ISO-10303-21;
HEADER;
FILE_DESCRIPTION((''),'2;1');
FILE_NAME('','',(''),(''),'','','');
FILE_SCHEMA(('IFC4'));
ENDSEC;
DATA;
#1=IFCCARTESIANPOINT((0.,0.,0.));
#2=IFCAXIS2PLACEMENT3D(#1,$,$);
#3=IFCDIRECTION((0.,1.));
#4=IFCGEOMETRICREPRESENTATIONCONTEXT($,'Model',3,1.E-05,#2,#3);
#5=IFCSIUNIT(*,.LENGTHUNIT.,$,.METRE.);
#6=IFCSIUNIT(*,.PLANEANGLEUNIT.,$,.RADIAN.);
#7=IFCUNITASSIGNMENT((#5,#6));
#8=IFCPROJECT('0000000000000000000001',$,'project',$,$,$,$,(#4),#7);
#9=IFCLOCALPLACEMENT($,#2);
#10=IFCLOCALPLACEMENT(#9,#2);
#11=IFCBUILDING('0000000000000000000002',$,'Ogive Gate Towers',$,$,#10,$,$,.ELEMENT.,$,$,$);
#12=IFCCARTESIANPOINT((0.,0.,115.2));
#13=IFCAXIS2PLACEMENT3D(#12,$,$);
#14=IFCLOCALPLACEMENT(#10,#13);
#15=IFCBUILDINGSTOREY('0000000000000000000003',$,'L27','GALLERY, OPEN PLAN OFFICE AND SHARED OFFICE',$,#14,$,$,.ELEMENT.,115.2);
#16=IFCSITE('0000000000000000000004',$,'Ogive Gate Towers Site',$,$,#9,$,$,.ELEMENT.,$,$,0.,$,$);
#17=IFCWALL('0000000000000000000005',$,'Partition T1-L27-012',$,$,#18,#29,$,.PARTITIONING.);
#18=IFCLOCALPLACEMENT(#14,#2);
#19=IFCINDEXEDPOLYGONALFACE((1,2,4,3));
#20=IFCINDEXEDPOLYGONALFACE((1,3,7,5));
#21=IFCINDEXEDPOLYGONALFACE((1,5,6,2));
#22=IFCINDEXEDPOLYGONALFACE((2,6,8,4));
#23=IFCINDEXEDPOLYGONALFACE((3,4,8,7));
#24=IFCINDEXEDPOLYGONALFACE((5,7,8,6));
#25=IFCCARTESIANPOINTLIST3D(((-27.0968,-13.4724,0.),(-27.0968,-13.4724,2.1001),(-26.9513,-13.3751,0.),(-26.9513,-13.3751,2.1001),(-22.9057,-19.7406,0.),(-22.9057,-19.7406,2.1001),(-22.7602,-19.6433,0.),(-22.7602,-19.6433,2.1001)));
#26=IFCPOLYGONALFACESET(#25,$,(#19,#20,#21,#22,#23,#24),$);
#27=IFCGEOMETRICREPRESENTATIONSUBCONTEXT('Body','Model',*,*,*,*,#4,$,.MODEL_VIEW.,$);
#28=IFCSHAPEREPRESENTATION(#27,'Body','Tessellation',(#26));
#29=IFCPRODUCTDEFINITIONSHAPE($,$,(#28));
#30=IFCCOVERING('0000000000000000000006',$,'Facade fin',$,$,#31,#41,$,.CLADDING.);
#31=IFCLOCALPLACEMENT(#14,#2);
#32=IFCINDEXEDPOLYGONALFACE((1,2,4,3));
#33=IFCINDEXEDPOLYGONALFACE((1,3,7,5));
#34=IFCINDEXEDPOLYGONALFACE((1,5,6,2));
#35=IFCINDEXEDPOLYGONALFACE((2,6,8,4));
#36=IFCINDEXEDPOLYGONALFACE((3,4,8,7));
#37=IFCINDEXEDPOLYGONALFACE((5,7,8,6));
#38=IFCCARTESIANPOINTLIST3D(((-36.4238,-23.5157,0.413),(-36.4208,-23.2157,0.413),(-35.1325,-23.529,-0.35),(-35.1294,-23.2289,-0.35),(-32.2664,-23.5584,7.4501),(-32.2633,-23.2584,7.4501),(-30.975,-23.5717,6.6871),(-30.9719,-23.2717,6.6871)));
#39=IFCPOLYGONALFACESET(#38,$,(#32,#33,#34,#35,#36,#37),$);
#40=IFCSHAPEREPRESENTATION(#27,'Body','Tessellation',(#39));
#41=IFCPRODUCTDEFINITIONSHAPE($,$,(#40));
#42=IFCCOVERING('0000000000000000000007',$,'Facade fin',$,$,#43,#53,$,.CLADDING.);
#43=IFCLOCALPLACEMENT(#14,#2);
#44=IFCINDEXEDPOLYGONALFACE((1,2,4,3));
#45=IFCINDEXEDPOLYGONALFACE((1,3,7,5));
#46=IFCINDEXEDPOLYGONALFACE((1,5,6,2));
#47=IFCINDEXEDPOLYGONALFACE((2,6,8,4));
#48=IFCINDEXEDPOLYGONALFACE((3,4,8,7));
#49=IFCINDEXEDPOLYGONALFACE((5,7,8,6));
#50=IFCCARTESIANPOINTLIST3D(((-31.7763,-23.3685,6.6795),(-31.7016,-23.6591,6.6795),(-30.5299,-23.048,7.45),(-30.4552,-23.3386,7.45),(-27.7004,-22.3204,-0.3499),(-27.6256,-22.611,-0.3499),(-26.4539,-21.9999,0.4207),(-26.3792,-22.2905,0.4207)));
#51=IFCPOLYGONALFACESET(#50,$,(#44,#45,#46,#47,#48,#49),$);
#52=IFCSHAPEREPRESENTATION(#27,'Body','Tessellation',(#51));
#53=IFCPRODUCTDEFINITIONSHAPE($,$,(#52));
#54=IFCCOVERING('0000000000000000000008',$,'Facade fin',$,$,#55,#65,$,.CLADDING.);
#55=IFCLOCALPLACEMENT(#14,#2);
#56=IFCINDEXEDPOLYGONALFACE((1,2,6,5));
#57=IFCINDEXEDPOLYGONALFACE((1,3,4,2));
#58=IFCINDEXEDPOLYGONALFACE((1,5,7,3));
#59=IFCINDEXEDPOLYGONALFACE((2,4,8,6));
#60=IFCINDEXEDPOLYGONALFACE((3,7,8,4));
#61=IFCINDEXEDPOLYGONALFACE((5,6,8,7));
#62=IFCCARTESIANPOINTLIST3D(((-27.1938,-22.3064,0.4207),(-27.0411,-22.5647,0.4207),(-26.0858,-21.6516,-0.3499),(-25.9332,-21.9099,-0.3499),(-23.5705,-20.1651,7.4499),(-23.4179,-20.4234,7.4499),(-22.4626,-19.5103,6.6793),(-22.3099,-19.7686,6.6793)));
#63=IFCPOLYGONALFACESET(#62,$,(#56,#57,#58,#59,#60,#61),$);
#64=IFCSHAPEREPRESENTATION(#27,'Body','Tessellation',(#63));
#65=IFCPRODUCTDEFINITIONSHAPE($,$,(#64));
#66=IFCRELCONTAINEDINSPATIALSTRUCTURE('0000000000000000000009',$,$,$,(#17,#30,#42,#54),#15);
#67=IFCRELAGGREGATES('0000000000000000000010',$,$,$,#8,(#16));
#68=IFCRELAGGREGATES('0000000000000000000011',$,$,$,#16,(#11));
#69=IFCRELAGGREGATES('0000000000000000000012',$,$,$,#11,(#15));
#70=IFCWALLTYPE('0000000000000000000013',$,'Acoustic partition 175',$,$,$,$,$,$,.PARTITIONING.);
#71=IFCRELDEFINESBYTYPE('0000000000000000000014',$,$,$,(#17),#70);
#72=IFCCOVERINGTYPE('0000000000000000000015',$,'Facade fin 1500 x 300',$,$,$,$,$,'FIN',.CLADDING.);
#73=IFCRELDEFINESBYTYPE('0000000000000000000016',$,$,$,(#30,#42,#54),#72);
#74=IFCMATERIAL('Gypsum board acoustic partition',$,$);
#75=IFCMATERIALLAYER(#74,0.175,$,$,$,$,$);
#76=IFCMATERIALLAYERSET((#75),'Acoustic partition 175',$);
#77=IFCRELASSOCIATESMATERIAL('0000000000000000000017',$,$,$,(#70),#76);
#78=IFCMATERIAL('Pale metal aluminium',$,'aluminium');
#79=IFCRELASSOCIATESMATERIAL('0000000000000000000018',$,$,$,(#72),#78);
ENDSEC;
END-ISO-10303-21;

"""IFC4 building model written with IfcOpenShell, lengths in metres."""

from ifc_helpers import new_model, si_unit, direction, frame, frame_2d, origin, origin_2d, place, context, subcontext, project, spatial, rectangle, extrude, material, layer, layer_set, material_profile, profile_set, type_object, element, save


model = new_model("IFC4")

# Units and contexts
model_context = context("Model", 3, precision=1e-05, world=origin(), true_north=direction((0.0, 1.0)))
body_context = subcontext(model_context, "Body", "Model", "MODEL_VIEW")
ifc_project = project(units=[si_unit("LENGTHUNIT", "METRE"), si_unit("PLANEANGLEUNIT", "RADIAN")], contexts=[model_context])

# Site, building, storey
site_placement = place(None, origin())
site = spatial("IfcSite", under=ifc_project, at=site_placement, Name="Ogive Gate Towers Site", CompositionType="ELEMENT", RefElevation=0.0)
building_placement = place(site_placement, origin())
building = spatial("IfcBuilding", under=site, at=building_placement, Name="Ogive Gate Towers", CompositionType="ELEMENT")
storey_placement = place(building_placement, frame((0.0, 0.0, 115.2)))
storey = spatial("IfcBuildingStorey", under=building, at=storey_placement, Name="L27", Description="GALLERY, OPEN PLAN OFFICE AND SHARED OFFICE", CompositionType="ELEMENT", Elevation=115.2)

# Shared definitions
ifc_material_1 = material(Name="Pale metal aluminium", Category="aluminium")

# Wall
ifc_material_2 = material(Name="Gypsum board acoustic partition")
ifc_layer_1 = layer(ifc_material_2, 0.175)
ifc_layer_set_1 = layer_set([ifc_layer_1], Name="Acoustic partition 175")
wall_type = type_object("IfcWallType", Name="Acoustic partition 175", PredefinedType="PARTITIONING", material=ifc_layer_set_1)
wall_placement = place(storey_placement, frame((-22.833, -19.6919, 0.0), z_axis=(0.0, 0.0, 1.0), x_axis=(-0.555828, 0.831297, 0.0)))
element("IfcWall", 1, at=wall_placement, inside=storey, type_object=wall_type, Name="Partition T1-L27-012", PredefinedType="PARTITIONING", context=body_context, shape_type="SweptSolid", body=[
    extrude(rectangle(XDim=7.5403, YDim=0.175, at=frame_2d((3.77, 0.0))), origin(), (0.0, 0.0, 1.0), 2.1001),
])

# Coverings
ifc_material_profile_1 = material_profile(ifc_material_1, rectangle(XDim=0.3, YDim=1.5, at=origin_2d()), Name="1500 x 300 pale metal aluminium")
ifc_profile_set_1 = profile_set([ifc_material_profile_1], Name="Pale metal aluminium")
covering_type = type_object("IfcCoveringType", Name="Facade fin 1500 x 300", ElementType="FIN", PredefinedType="CLADDING", material=ifc_profile_set_1)
covering_placement = place(storey_placement, frame((-35.7766, -23.3723, 0.0315), z_axis=(0.508648, -0.005227, 0.860959), x_axis=(0.010276, 0.999947, 0.0)))
element("IfcCovering", 2, at=covering_placement, inside=storey, type_object=covering_type, Name="Facade fin", PredefinedType="CLADDING", context=body_context, shape_type="SweptSolid", body=[
    extrude(rectangle(XDim=0.3, YDim=1.5, at=origin_2d()), origin(), (0.0, 0.0, 1.0), 8.1736),
])
for number, where, z_axis, x_axis, name in (
    (3, (-27.0398, -22.3054, 0.0354), (-0.497498, -0.127928, 0.85798), (0.249041, -0.968493, 0.0), "Facade fin"),
    (4, (-26.5635, -22.1082, 0.0354), (0.442244, 0.261365, 0.857967), (-0.508786, 0.860893, 0.0), "Facade fin"),
):
    element("IfcCovering", number, at=place(storey_placement, frame(where, z_axis=z_axis, x_axis=x_axis)), inside=storey, type_object=covering_type, Name=name, PredefinedType="CLADDING", context=body_context, shape_type="SweptSolid", body=[
        extrude(rectangle(XDim=0.3, YDim=1.5, at=origin_2d()), origin(), (0.0, 0.0, 1.0), 8.1929),
    ])

save(model, "model.ifc")
